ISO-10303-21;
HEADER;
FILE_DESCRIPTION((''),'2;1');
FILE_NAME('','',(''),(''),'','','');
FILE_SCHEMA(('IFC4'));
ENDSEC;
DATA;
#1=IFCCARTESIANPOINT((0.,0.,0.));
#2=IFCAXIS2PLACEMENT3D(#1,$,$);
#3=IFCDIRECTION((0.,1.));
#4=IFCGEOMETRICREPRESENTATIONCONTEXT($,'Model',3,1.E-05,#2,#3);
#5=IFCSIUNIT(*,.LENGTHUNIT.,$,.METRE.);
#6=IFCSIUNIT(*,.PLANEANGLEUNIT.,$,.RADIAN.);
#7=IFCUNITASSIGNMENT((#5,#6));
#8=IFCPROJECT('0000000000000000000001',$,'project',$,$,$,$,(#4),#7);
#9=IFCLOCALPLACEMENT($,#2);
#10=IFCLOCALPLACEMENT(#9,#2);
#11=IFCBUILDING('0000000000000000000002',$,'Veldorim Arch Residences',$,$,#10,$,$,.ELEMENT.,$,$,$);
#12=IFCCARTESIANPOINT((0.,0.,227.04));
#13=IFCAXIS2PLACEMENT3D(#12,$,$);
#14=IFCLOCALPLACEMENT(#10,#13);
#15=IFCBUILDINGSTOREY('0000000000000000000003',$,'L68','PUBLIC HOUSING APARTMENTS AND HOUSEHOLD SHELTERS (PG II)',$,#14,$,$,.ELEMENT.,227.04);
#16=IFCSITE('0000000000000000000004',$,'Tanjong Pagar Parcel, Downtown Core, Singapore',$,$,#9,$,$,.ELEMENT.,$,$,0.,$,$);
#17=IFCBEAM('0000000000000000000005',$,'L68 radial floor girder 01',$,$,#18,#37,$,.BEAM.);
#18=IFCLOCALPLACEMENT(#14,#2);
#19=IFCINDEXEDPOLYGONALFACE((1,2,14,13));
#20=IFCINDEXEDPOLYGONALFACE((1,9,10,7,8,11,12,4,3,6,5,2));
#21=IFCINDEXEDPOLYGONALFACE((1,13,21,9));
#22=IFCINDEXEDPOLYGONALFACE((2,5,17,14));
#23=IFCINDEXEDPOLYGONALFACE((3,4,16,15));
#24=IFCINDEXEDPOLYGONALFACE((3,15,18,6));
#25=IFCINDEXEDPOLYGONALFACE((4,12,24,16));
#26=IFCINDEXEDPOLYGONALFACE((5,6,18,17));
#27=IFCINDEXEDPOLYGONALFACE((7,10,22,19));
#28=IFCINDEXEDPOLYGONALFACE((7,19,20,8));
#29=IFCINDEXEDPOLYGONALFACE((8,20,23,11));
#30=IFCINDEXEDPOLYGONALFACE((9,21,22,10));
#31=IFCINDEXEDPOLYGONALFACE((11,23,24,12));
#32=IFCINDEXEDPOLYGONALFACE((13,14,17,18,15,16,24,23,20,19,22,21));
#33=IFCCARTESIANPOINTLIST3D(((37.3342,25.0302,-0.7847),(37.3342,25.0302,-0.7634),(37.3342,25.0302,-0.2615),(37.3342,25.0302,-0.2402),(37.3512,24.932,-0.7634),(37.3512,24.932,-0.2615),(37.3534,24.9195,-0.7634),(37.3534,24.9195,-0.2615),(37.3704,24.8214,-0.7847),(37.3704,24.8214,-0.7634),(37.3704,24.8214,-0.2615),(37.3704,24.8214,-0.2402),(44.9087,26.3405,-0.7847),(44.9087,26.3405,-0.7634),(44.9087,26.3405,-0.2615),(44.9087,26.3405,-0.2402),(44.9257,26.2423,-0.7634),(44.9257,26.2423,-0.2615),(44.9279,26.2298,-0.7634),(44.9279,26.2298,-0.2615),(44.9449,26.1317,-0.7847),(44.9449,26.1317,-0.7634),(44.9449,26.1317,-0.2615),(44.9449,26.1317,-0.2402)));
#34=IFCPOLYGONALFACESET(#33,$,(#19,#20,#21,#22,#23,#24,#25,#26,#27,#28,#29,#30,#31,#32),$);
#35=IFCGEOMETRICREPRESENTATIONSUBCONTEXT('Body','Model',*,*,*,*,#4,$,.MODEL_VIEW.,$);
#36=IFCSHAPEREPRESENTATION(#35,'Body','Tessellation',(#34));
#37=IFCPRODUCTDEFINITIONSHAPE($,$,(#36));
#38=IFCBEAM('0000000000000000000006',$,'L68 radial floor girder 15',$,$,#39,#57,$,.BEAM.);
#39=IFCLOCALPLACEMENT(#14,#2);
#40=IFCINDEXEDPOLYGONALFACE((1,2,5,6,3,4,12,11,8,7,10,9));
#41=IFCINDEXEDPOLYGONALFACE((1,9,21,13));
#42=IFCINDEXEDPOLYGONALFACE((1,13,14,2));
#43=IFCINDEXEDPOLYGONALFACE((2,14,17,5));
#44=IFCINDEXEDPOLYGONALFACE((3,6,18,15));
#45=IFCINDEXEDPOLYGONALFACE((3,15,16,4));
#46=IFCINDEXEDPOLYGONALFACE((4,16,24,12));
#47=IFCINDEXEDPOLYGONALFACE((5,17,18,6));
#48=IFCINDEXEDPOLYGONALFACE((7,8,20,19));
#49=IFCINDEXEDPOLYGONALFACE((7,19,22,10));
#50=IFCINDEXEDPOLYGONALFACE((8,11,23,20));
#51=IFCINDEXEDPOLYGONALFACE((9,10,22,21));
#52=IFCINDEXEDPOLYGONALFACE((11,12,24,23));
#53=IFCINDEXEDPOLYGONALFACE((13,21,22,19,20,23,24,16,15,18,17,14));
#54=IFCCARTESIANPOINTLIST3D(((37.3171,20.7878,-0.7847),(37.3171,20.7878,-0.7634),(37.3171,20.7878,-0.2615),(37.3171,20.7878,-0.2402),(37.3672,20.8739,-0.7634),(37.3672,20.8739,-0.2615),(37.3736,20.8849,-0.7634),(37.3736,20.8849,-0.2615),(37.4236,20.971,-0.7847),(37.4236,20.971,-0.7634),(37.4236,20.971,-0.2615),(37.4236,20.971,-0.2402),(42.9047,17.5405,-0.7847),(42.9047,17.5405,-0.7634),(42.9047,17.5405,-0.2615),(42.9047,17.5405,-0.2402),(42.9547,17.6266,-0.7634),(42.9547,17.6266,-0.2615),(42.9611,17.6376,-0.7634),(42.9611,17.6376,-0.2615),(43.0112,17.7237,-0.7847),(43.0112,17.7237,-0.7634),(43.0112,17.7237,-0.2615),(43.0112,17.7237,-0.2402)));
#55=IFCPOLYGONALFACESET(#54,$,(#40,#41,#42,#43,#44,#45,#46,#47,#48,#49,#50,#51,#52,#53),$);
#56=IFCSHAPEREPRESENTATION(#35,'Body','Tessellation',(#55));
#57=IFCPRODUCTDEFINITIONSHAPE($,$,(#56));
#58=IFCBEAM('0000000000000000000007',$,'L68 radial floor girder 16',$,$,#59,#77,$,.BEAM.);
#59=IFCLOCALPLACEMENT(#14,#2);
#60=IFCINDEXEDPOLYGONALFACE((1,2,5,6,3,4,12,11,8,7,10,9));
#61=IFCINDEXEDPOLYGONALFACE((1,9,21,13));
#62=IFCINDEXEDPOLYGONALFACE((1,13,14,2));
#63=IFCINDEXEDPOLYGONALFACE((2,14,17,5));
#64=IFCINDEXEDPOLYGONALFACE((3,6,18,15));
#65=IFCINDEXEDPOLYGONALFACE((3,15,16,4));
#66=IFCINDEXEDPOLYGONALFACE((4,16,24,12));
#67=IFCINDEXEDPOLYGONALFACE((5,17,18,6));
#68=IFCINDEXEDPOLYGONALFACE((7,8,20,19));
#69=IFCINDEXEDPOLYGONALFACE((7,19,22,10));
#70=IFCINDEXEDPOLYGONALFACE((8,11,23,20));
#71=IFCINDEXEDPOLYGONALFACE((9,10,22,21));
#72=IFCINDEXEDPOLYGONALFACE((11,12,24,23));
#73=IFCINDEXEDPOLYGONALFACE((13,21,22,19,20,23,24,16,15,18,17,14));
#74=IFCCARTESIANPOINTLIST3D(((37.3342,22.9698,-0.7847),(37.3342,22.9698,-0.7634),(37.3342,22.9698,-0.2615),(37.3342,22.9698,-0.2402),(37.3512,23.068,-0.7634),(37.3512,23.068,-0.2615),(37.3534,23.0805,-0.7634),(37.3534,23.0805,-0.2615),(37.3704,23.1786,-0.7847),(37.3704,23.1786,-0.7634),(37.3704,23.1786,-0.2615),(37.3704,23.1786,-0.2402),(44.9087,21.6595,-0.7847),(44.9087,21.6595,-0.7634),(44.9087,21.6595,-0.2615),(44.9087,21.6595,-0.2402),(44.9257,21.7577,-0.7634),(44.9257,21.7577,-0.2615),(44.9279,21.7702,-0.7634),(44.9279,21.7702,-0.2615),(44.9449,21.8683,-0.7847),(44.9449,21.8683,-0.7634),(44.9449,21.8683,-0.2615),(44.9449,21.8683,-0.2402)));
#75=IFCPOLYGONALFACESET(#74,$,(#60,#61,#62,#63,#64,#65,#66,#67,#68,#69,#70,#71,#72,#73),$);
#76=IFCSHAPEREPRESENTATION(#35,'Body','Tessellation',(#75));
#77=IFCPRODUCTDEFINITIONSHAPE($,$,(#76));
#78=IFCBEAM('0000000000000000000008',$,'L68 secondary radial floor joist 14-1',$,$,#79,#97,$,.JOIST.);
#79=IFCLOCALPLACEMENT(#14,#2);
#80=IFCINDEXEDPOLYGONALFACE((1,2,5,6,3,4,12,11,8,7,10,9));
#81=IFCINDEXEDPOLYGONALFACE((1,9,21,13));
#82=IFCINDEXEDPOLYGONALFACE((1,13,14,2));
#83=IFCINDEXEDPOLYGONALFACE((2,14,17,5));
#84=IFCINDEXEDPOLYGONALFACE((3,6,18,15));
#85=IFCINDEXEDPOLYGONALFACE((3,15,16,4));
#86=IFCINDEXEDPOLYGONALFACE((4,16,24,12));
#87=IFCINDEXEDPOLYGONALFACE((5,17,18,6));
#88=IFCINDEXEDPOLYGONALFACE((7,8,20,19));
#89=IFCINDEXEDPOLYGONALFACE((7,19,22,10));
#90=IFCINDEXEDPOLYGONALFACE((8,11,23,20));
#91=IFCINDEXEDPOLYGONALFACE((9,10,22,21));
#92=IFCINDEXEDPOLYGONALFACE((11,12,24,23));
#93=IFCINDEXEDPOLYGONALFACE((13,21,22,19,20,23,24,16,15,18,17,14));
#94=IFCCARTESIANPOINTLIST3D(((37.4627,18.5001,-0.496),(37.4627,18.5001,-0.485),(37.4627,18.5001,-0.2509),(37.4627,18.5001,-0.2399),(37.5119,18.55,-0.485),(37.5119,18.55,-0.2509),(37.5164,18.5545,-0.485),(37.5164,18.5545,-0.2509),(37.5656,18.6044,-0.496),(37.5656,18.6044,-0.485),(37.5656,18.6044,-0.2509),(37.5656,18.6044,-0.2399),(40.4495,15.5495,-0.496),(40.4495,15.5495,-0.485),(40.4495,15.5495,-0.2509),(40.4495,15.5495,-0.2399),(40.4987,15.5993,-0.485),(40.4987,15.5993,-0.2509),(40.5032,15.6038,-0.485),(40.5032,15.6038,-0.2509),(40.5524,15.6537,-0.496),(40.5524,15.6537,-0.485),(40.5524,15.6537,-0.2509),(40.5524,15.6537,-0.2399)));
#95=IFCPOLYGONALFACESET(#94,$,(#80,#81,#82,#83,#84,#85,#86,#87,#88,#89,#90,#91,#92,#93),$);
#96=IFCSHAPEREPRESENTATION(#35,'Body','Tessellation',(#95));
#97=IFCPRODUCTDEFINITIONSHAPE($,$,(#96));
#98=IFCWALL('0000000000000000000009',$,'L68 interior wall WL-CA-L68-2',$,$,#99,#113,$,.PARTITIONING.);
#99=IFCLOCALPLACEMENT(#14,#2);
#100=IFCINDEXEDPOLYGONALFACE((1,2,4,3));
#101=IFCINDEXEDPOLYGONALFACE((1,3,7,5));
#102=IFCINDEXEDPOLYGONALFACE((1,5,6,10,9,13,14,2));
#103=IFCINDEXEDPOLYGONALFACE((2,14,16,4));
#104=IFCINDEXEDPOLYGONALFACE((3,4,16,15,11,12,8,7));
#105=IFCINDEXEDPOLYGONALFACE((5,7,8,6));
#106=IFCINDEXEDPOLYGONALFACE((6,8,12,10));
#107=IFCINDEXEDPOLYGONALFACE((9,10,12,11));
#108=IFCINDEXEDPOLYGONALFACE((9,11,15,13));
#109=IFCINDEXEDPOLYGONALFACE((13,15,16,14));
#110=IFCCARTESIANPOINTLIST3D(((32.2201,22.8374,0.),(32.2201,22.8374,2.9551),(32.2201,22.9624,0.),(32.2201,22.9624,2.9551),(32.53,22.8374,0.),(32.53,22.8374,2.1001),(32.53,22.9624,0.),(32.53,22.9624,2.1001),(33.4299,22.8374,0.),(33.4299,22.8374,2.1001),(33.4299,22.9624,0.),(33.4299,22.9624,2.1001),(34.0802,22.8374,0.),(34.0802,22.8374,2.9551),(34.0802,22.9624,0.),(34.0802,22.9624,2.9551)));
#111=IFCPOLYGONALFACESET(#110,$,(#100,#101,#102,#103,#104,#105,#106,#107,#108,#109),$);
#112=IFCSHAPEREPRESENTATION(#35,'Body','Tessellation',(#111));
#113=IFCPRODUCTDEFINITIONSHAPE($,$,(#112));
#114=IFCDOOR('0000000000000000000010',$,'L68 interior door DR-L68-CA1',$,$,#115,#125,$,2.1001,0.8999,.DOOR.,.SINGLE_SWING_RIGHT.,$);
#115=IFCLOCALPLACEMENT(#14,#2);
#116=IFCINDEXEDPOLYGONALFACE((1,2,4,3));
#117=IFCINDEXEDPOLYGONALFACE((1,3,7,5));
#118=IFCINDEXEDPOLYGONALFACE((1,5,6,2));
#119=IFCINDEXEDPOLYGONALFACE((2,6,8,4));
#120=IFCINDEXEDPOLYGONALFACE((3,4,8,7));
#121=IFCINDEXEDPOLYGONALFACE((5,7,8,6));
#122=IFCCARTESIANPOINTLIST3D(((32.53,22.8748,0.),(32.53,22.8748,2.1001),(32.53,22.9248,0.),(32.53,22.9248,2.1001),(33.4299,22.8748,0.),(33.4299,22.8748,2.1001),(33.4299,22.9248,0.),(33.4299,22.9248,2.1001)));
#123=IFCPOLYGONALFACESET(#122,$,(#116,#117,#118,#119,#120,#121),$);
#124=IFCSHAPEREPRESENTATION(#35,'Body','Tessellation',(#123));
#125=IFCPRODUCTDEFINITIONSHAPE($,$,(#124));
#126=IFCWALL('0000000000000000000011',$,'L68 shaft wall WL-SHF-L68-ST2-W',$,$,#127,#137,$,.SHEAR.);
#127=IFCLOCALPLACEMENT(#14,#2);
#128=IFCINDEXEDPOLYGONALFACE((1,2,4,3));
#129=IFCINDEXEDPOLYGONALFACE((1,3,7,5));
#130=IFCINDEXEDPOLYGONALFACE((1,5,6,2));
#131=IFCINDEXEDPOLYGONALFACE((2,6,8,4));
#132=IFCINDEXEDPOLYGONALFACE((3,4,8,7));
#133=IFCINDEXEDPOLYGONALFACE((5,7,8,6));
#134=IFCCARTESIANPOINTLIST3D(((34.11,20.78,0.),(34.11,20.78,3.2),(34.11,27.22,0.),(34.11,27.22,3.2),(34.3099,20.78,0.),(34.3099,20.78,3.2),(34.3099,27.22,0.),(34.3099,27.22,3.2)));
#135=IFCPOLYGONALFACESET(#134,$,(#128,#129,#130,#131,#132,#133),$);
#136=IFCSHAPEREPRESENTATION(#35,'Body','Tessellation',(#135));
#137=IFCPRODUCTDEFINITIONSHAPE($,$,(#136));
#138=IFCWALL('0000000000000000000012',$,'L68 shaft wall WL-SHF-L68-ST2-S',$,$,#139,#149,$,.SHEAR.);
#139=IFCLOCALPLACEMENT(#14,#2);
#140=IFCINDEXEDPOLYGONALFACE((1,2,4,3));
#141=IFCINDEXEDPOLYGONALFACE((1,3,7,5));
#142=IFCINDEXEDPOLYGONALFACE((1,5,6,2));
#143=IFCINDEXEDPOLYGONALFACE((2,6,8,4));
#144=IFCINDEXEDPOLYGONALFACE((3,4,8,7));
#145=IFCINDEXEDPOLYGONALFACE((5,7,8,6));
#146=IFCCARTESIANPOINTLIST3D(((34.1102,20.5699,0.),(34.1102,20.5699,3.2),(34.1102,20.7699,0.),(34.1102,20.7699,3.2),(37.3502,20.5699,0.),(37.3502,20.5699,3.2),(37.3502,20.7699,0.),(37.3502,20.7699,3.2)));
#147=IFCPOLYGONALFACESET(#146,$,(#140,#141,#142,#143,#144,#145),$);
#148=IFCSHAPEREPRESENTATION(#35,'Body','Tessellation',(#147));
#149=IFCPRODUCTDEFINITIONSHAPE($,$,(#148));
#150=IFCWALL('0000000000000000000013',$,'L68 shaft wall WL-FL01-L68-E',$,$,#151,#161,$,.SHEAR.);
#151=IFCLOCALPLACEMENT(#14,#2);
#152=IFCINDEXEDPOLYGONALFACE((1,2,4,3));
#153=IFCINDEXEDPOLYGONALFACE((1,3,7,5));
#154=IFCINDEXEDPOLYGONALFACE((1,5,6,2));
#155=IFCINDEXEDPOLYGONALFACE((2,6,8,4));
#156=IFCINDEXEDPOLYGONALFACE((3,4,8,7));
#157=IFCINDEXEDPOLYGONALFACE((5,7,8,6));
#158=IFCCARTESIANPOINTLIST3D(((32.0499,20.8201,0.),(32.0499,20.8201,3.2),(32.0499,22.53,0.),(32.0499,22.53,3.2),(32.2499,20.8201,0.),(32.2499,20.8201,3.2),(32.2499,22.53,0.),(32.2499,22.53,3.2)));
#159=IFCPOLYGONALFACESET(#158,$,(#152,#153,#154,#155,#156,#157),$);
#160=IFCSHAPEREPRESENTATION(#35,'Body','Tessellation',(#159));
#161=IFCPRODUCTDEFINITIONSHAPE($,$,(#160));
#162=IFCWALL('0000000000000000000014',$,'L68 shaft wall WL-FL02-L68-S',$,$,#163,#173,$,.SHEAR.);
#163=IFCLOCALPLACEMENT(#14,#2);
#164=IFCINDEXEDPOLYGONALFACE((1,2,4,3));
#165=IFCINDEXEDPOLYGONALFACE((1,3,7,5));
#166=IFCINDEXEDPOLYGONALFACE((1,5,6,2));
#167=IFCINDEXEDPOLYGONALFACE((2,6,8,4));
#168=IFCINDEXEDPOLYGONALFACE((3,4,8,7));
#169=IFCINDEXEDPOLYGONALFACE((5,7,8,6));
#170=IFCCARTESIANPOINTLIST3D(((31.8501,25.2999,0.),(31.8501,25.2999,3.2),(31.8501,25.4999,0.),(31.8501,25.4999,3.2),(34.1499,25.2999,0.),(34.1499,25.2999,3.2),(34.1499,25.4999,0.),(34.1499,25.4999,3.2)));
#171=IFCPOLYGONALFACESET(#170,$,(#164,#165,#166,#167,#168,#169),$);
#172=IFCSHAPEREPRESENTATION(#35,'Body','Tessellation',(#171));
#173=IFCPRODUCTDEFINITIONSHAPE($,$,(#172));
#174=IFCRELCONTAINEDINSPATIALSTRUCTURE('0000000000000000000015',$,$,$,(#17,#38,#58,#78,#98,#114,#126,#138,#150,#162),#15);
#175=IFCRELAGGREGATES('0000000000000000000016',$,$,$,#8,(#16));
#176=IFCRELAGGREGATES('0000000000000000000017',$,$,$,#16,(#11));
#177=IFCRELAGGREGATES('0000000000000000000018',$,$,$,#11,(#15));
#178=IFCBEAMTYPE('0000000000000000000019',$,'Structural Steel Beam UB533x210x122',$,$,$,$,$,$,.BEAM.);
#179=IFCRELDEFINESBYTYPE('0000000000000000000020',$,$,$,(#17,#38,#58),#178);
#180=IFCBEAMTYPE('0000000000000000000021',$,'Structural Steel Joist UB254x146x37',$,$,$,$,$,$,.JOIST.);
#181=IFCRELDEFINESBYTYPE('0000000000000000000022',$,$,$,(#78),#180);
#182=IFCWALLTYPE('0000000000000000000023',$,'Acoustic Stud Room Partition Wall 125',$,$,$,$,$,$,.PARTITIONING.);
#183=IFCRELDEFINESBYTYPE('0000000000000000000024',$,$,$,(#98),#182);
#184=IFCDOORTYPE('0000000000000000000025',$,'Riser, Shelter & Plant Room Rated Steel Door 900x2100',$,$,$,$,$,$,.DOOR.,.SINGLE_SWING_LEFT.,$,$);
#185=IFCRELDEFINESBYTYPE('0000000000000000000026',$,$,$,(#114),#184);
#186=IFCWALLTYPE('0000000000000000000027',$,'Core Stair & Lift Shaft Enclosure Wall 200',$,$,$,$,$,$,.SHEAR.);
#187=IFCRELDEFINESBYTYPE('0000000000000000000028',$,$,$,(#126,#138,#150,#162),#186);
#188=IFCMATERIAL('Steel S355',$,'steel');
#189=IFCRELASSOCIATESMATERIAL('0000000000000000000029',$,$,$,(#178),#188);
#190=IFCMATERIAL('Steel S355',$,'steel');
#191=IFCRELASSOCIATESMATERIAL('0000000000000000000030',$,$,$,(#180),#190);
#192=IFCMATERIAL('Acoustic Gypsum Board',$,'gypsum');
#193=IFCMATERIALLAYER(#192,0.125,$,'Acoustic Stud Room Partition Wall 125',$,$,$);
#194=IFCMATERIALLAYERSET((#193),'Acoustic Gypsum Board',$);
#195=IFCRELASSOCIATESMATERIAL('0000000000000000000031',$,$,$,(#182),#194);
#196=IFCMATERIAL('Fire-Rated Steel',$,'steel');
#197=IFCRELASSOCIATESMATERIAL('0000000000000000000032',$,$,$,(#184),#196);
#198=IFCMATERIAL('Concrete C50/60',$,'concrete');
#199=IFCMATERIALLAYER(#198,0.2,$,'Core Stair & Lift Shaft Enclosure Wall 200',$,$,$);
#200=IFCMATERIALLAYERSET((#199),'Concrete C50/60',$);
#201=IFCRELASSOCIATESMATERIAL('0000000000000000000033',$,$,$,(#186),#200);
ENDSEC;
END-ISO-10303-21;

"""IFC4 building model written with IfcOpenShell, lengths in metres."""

from ifc_helpers import new_model, si_unit, direction, frame, frame_2d, origin, origin_2d, place, context, subcontext, project, spatial, rectangle, i_section, extrude, material, layer, layer_set, material_profile, profile_set, type_object, element, fill, save


model = new_model("IFC4")

# Units and contexts
model_context = context("Model", 3, precision=1e-05, world=origin(), true_north=direction((0.0, 1.0)))
body_context = subcontext(model_context, "Body", "Model", "MODEL_VIEW")
ifc_project = project(units=[si_unit("LENGTHUNIT", "METRE"), si_unit("PLANEANGLEUNIT", "RADIAN")], contexts=[model_context])

# Site, building, storey
site_placement = place(None, origin())
site = spatial("IfcSite", under=ifc_project, at=site_placement, Name="Tanjong Pagar Parcel, Downtown Core, Singapore", CompositionType="ELEMENT", RefElevation=0.0)
building_placement = place(site_placement, origin())
building = spatial("IfcBuilding", under=site, at=building_placement, Name="Veldorim Arch Residences", CompositionType="ELEMENT")
storey_placement = place(building_placement, frame((0.0, 0.0, 227.04)))
storey = spatial("IfcBuildingStorey", under=building, at=storey_placement, Name="L68", Description="PUBLIC HOUSING APARTMENTS AND HOUSEHOLD SHELTERS (PG II)", CompositionType="ELEMENT", Elevation=227.04)

# Beams
ifc_material_1 = material(Name="Steel S355", Category="steel")
ifc_material_profile_1 = material_profile(ifc_material_1, i_section(OverallWidth=0.2119, OverallDepth=0.5444, WebThickness=0.0127, FlangeThickness=0.0212, at=origin_2d()), Name="UB533x210x122")
ifc_profile_set_1 = profile_set([ifc_material_profile_1], Name="Steel S355")
beam_type_1 = type_object("IfcBeamType", Name="Structural Steel Beam UB533x210x122", PredefinedType="BEAM", material=ifc_profile_set_1)
beam_1_placement = place(storey_placement, frame((37.3523, 24.9258, -0.5125), z_axis=(0.985365, 0.170458, 0.0), x_axis=(-0.170458, 0.985365, 0.0)))
element("IfcBeam", 1, at=beam_1_placement, inside=storey, type_object=beam_type_1, Name="L68 radial floor girder 01", PredefinedType="BEAM", context=body_context, shape_type="SweptSolid", body=[
    extrude(i_section(OverallWidth=0.2119, OverallDepth=0.5444, WebThickness=0.0127, FlangeThickness=0.0212, at=origin_2d()), origin(), (0.0, 0.0, 1.0), 7.687),
])
beam_2_placement = place(storey_placement, frame((37.3704, 20.8794, -0.5125), z_axis=(0.864596, -0.502468, 0.0), x_axis=(0.502468, 0.864596, 0.0)))
element("IfcBeam", 2, at=beam_2_placement, inside=storey, type_object=beam_type_1, Name="L68 radial floor girder 15", PredefinedType="BEAM", context=body_context, shape_type="SweptSolid", body=[
    extrude(i_section(OverallWidth=0.2119, OverallDepth=0.5444, WebThickness=0.0127, FlangeThickness=0.0212, at=origin_2d()), origin(), (0.0, 0.0, 1.0), 6.4626),
])
beam_3_placement = place(storey_placement, frame((37.3523, 23.0742, -0.5125), z_axis=(0.985365, -0.170458, 0.0), x_axis=(0.170458, 0.985365, 0.0)))
element("IfcBeam", 3, at=beam_3_placement, inside=storey, type_object=beam_type_1, Name="L68 radial floor girder 16", PredefinedType="BEAM", context=body_context, shape_type="SweptSolid", body=[
    extrude(i_section(OverallWidth=0.2119, OverallDepth=0.5444, WebThickness=0.0127, FlangeThickness=0.0212, at=origin_2d()), origin(), (0.0, 0.0, 1.0), 7.687),
])
ifc_material_2 = material(Name="Steel S355", Category="steel")
ifc_material_profile_2 = material_profile(ifc_material_2, i_section(OverallWidth=0.1465, OverallDepth=0.2561, WebThickness=0.0063, FlangeThickness=0.011, at=origin_2d()), Name="UB254x146x37")
ifc_profile_set_2 = profile_set([ifc_material_profile_2], Name="Steel S355")
beam_type_2 = type_object("IfcBeamType", Name="Structural Steel Joist UB254x146x37", PredefinedType="JOIST", material=ifc_profile_set_2)
beam_4_placement = place(storey_placement, frame((37.5142, 18.5522, -0.3679), z_axis=(0.711397, -0.702791, 0.0), x_axis=(0.702791, 0.711397, 0.0)))
element("IfcBeam", 4, at=beam_4_placement, inside=storey, type_object=beam_type_2, Name="L68 secondary radial floor joist 14-1", PredefinedType="JOIST", context=body_context, shape_type="SweptSolid", body=[
    extrude(i_section(OverallWidth=0.1465, OverallDepth=0.2561, WebThickness=0.0063, FlangeThickness=0.011, at=origin_2d()), origin(), (0.0, 0.0, 1.0), 4.1985),
])

# Wall, opening, door
ifc_material_3 = material(Name="Acoustic Gypsum Board", Category="gypsum")
ifc_layer_1 = layer(ifc_material_3, 0.125, Name="Acoustic Stud Room Partition Wall 125")
ifc_layer_set_1 = layer_set([ifc_layer_1], Name="Acoustic Gypsum Board")
wall_type_1 = type_object("IfcWallType", Name="Acoustic Stud Room Partition Wall 125", PredefinedType="PARTITIONING", material=ifc_layer_set_1)
wall_1_placement = place(storey_placement, frame((32.22, 22.8999, 0.0), z_axis=(0.0, 0.0, 1.0), x_axis=(1.0, 0.0, 0.0)))
wall_1 = element("IfcWall", 5, at=wall_1_placement, inside=storey, type_object=wall_type_1, Name="L68 interior wall WL-CA-L68-2", PredefinedType="PARTITIONING", context=body_context, shape_type="SweptSolid", body=[
    extrude(rectangle(XDim=1.8601, YDim=0.125, at=frame_2d((0.9302, 0.0))), origin(), (0.0, 0.0, 1.0), 2.9551),
])
opening_placement = place(wall_1_placement, frame((0.3101, 0.0, 0.0)))
opening = element("IfcOpeningElement", 6, at=opening_placement, cuts=wall_1, PredefinedType="OPENING", context=body_context, shape_type="SweptSolid", body=[
    extrude(rectangle(XDim=0.8999, YDim=2.1001, at=frame_2d((0.45, 1.05))), frame((0.0, 0.0725, 0.0), z_axis=(0.0, -1.0, 0.0), x_axis=(1.0, 0.0, 0.0)), (0.0, 0.0, 1.0), 0.145),
])
ifc_material_4 = material(Name="Fire-Rated Steel", Category="steel")
door_type = type_object("IfcDoorType", Name="Riser, Shelter & Plant Room Rated Steel Door 900x2100", OperationType="SINGLE_SWING_LEFT", PredefinedType="DOOR", material=ifc_material_4)
door_placement = place(opening_placement, origin())
door = element("IfcDoor", 7, at=door_placement, inside=storey, type_object=door_type, Name="L68 interior door DR-L68-CA1", OperationType="SINGLE_SWING_RIGHT", OverallHeight=2.1001, OverallWidth=0.8999, PredefinedType="DOOR", context=body_context, shape_type="SweptSolid", body=[
    extrude(rectangle(XDim=0.8999, YDim=2.1001, at=frame_2d((0.45, 1.05))), frame((0.0, 0.0249, 0.0), z_axis=(0.0, -1.0, 0.0), x_axis=(1.0, 0.0, 0.0)), (0.0, 0.0, 1.0), 0.05),
])
fill(opening, door)

# Walls
ifc_material_5 = material(Name="Concrete C50/60", Category="concrete")
ifc_layer_2 = layer(ifc_material_5, 0.2, Name="Core Stair & Lift Shaft Enclosure Wall 200")
ifc_layer_set_2 = layer_set([ifc_layer_2], Name="Concrete C50/60")
wall_type_2 = type_object("IfcWallType", Name="Core Stair & Lift Shaft Enclosure Wall 200", PredefinedType="SHEAR", material=ifc_layer_set_2)
wall_2_placement = place(storey_placement, frame((34.21, 20.78, 0.0), z_axis=(0.0, 0.0, 1.0), x_axis=(0.0, 1.0, 0.0)))
element("IfcWall", 8, at=wall_2_placement, inside=storey, type_object=wall_type_2, Name="L68 shaft wall WL-SHF-L68-ST2-W", PredefinedType="SHEAR", context=body_context, shape_type="SweptSolid", body=[
    extrude(rectangle(XDim=6.4399, YDim=0.2, at=frame_2d((3.22, 0.0))), origin(), (0.0, 0.0, 1.0), 3.2),
])
wall_3_placement = place(storey_placement, frame((34.1101, 20.6699, 0.0), z_axis=(0.0, 0.0, 1.0), x_axis=(1.0, 0.0, 0.0)))
element("IfcWall", 9, at=wall_3_placement, inside=storey, type_object=wall_type_2, Name="L68 shaft wall WL-SHF-L68-ST2-S", PredefinedType="SHEAR", context=body_context, shape_type="SweptSolid", body=[
    extrude(rectangle(XDim=3.24, YDim=0.2, at=frame_2d((1.6201, 0.0))), origin(), (0.0, 0.0, 1.0), 3.2),
])
wall_4_placement = place(storey_placement, frame((32.1499, 20.8201, 0.0), z_axis=(0.0, 0.0, 1.0), x_axis=(0.0, 1.0, 0.0)))
element("IfcWall", 10, at=wall_4_placement, inside=storey, type_object=wall_type_2, Name="L68 shaft wall WL-FL01-L68-E", PredefinedType="SHEAR", context=body_context, shape_type="SweptSolid", body=[
    extrude(rectangle(XDim=1.71, YDim=0.2, at=frame_2d((0.855, 0.0))), origin(), (0.0, 0.0, 1.0), 3.2),
])
wall_5_placement = place(storey_placement, frame((31.8501, 25.3999, 0.0), z_axis=(0.0, 0.0, 1.0), x_axis=(1.0, 0.0, 0.0)))
element("IfcWall", 11, at=wall_5_placement, inside=storey, type_object=wall_type_2, Name="L68 shaft wall WL-FL02-L68-S", PredefinedType="SHEAR", context=body_context, shape_type="SweptSolid", body=[
    extrude(rectangle(XDim=2.2998, YDim=0.2, at=frame_2d((1.1499, 0.0))), origin(), (0.0, 0.0, 1.0), 3.2),
])

save(model, "model.ifc")
